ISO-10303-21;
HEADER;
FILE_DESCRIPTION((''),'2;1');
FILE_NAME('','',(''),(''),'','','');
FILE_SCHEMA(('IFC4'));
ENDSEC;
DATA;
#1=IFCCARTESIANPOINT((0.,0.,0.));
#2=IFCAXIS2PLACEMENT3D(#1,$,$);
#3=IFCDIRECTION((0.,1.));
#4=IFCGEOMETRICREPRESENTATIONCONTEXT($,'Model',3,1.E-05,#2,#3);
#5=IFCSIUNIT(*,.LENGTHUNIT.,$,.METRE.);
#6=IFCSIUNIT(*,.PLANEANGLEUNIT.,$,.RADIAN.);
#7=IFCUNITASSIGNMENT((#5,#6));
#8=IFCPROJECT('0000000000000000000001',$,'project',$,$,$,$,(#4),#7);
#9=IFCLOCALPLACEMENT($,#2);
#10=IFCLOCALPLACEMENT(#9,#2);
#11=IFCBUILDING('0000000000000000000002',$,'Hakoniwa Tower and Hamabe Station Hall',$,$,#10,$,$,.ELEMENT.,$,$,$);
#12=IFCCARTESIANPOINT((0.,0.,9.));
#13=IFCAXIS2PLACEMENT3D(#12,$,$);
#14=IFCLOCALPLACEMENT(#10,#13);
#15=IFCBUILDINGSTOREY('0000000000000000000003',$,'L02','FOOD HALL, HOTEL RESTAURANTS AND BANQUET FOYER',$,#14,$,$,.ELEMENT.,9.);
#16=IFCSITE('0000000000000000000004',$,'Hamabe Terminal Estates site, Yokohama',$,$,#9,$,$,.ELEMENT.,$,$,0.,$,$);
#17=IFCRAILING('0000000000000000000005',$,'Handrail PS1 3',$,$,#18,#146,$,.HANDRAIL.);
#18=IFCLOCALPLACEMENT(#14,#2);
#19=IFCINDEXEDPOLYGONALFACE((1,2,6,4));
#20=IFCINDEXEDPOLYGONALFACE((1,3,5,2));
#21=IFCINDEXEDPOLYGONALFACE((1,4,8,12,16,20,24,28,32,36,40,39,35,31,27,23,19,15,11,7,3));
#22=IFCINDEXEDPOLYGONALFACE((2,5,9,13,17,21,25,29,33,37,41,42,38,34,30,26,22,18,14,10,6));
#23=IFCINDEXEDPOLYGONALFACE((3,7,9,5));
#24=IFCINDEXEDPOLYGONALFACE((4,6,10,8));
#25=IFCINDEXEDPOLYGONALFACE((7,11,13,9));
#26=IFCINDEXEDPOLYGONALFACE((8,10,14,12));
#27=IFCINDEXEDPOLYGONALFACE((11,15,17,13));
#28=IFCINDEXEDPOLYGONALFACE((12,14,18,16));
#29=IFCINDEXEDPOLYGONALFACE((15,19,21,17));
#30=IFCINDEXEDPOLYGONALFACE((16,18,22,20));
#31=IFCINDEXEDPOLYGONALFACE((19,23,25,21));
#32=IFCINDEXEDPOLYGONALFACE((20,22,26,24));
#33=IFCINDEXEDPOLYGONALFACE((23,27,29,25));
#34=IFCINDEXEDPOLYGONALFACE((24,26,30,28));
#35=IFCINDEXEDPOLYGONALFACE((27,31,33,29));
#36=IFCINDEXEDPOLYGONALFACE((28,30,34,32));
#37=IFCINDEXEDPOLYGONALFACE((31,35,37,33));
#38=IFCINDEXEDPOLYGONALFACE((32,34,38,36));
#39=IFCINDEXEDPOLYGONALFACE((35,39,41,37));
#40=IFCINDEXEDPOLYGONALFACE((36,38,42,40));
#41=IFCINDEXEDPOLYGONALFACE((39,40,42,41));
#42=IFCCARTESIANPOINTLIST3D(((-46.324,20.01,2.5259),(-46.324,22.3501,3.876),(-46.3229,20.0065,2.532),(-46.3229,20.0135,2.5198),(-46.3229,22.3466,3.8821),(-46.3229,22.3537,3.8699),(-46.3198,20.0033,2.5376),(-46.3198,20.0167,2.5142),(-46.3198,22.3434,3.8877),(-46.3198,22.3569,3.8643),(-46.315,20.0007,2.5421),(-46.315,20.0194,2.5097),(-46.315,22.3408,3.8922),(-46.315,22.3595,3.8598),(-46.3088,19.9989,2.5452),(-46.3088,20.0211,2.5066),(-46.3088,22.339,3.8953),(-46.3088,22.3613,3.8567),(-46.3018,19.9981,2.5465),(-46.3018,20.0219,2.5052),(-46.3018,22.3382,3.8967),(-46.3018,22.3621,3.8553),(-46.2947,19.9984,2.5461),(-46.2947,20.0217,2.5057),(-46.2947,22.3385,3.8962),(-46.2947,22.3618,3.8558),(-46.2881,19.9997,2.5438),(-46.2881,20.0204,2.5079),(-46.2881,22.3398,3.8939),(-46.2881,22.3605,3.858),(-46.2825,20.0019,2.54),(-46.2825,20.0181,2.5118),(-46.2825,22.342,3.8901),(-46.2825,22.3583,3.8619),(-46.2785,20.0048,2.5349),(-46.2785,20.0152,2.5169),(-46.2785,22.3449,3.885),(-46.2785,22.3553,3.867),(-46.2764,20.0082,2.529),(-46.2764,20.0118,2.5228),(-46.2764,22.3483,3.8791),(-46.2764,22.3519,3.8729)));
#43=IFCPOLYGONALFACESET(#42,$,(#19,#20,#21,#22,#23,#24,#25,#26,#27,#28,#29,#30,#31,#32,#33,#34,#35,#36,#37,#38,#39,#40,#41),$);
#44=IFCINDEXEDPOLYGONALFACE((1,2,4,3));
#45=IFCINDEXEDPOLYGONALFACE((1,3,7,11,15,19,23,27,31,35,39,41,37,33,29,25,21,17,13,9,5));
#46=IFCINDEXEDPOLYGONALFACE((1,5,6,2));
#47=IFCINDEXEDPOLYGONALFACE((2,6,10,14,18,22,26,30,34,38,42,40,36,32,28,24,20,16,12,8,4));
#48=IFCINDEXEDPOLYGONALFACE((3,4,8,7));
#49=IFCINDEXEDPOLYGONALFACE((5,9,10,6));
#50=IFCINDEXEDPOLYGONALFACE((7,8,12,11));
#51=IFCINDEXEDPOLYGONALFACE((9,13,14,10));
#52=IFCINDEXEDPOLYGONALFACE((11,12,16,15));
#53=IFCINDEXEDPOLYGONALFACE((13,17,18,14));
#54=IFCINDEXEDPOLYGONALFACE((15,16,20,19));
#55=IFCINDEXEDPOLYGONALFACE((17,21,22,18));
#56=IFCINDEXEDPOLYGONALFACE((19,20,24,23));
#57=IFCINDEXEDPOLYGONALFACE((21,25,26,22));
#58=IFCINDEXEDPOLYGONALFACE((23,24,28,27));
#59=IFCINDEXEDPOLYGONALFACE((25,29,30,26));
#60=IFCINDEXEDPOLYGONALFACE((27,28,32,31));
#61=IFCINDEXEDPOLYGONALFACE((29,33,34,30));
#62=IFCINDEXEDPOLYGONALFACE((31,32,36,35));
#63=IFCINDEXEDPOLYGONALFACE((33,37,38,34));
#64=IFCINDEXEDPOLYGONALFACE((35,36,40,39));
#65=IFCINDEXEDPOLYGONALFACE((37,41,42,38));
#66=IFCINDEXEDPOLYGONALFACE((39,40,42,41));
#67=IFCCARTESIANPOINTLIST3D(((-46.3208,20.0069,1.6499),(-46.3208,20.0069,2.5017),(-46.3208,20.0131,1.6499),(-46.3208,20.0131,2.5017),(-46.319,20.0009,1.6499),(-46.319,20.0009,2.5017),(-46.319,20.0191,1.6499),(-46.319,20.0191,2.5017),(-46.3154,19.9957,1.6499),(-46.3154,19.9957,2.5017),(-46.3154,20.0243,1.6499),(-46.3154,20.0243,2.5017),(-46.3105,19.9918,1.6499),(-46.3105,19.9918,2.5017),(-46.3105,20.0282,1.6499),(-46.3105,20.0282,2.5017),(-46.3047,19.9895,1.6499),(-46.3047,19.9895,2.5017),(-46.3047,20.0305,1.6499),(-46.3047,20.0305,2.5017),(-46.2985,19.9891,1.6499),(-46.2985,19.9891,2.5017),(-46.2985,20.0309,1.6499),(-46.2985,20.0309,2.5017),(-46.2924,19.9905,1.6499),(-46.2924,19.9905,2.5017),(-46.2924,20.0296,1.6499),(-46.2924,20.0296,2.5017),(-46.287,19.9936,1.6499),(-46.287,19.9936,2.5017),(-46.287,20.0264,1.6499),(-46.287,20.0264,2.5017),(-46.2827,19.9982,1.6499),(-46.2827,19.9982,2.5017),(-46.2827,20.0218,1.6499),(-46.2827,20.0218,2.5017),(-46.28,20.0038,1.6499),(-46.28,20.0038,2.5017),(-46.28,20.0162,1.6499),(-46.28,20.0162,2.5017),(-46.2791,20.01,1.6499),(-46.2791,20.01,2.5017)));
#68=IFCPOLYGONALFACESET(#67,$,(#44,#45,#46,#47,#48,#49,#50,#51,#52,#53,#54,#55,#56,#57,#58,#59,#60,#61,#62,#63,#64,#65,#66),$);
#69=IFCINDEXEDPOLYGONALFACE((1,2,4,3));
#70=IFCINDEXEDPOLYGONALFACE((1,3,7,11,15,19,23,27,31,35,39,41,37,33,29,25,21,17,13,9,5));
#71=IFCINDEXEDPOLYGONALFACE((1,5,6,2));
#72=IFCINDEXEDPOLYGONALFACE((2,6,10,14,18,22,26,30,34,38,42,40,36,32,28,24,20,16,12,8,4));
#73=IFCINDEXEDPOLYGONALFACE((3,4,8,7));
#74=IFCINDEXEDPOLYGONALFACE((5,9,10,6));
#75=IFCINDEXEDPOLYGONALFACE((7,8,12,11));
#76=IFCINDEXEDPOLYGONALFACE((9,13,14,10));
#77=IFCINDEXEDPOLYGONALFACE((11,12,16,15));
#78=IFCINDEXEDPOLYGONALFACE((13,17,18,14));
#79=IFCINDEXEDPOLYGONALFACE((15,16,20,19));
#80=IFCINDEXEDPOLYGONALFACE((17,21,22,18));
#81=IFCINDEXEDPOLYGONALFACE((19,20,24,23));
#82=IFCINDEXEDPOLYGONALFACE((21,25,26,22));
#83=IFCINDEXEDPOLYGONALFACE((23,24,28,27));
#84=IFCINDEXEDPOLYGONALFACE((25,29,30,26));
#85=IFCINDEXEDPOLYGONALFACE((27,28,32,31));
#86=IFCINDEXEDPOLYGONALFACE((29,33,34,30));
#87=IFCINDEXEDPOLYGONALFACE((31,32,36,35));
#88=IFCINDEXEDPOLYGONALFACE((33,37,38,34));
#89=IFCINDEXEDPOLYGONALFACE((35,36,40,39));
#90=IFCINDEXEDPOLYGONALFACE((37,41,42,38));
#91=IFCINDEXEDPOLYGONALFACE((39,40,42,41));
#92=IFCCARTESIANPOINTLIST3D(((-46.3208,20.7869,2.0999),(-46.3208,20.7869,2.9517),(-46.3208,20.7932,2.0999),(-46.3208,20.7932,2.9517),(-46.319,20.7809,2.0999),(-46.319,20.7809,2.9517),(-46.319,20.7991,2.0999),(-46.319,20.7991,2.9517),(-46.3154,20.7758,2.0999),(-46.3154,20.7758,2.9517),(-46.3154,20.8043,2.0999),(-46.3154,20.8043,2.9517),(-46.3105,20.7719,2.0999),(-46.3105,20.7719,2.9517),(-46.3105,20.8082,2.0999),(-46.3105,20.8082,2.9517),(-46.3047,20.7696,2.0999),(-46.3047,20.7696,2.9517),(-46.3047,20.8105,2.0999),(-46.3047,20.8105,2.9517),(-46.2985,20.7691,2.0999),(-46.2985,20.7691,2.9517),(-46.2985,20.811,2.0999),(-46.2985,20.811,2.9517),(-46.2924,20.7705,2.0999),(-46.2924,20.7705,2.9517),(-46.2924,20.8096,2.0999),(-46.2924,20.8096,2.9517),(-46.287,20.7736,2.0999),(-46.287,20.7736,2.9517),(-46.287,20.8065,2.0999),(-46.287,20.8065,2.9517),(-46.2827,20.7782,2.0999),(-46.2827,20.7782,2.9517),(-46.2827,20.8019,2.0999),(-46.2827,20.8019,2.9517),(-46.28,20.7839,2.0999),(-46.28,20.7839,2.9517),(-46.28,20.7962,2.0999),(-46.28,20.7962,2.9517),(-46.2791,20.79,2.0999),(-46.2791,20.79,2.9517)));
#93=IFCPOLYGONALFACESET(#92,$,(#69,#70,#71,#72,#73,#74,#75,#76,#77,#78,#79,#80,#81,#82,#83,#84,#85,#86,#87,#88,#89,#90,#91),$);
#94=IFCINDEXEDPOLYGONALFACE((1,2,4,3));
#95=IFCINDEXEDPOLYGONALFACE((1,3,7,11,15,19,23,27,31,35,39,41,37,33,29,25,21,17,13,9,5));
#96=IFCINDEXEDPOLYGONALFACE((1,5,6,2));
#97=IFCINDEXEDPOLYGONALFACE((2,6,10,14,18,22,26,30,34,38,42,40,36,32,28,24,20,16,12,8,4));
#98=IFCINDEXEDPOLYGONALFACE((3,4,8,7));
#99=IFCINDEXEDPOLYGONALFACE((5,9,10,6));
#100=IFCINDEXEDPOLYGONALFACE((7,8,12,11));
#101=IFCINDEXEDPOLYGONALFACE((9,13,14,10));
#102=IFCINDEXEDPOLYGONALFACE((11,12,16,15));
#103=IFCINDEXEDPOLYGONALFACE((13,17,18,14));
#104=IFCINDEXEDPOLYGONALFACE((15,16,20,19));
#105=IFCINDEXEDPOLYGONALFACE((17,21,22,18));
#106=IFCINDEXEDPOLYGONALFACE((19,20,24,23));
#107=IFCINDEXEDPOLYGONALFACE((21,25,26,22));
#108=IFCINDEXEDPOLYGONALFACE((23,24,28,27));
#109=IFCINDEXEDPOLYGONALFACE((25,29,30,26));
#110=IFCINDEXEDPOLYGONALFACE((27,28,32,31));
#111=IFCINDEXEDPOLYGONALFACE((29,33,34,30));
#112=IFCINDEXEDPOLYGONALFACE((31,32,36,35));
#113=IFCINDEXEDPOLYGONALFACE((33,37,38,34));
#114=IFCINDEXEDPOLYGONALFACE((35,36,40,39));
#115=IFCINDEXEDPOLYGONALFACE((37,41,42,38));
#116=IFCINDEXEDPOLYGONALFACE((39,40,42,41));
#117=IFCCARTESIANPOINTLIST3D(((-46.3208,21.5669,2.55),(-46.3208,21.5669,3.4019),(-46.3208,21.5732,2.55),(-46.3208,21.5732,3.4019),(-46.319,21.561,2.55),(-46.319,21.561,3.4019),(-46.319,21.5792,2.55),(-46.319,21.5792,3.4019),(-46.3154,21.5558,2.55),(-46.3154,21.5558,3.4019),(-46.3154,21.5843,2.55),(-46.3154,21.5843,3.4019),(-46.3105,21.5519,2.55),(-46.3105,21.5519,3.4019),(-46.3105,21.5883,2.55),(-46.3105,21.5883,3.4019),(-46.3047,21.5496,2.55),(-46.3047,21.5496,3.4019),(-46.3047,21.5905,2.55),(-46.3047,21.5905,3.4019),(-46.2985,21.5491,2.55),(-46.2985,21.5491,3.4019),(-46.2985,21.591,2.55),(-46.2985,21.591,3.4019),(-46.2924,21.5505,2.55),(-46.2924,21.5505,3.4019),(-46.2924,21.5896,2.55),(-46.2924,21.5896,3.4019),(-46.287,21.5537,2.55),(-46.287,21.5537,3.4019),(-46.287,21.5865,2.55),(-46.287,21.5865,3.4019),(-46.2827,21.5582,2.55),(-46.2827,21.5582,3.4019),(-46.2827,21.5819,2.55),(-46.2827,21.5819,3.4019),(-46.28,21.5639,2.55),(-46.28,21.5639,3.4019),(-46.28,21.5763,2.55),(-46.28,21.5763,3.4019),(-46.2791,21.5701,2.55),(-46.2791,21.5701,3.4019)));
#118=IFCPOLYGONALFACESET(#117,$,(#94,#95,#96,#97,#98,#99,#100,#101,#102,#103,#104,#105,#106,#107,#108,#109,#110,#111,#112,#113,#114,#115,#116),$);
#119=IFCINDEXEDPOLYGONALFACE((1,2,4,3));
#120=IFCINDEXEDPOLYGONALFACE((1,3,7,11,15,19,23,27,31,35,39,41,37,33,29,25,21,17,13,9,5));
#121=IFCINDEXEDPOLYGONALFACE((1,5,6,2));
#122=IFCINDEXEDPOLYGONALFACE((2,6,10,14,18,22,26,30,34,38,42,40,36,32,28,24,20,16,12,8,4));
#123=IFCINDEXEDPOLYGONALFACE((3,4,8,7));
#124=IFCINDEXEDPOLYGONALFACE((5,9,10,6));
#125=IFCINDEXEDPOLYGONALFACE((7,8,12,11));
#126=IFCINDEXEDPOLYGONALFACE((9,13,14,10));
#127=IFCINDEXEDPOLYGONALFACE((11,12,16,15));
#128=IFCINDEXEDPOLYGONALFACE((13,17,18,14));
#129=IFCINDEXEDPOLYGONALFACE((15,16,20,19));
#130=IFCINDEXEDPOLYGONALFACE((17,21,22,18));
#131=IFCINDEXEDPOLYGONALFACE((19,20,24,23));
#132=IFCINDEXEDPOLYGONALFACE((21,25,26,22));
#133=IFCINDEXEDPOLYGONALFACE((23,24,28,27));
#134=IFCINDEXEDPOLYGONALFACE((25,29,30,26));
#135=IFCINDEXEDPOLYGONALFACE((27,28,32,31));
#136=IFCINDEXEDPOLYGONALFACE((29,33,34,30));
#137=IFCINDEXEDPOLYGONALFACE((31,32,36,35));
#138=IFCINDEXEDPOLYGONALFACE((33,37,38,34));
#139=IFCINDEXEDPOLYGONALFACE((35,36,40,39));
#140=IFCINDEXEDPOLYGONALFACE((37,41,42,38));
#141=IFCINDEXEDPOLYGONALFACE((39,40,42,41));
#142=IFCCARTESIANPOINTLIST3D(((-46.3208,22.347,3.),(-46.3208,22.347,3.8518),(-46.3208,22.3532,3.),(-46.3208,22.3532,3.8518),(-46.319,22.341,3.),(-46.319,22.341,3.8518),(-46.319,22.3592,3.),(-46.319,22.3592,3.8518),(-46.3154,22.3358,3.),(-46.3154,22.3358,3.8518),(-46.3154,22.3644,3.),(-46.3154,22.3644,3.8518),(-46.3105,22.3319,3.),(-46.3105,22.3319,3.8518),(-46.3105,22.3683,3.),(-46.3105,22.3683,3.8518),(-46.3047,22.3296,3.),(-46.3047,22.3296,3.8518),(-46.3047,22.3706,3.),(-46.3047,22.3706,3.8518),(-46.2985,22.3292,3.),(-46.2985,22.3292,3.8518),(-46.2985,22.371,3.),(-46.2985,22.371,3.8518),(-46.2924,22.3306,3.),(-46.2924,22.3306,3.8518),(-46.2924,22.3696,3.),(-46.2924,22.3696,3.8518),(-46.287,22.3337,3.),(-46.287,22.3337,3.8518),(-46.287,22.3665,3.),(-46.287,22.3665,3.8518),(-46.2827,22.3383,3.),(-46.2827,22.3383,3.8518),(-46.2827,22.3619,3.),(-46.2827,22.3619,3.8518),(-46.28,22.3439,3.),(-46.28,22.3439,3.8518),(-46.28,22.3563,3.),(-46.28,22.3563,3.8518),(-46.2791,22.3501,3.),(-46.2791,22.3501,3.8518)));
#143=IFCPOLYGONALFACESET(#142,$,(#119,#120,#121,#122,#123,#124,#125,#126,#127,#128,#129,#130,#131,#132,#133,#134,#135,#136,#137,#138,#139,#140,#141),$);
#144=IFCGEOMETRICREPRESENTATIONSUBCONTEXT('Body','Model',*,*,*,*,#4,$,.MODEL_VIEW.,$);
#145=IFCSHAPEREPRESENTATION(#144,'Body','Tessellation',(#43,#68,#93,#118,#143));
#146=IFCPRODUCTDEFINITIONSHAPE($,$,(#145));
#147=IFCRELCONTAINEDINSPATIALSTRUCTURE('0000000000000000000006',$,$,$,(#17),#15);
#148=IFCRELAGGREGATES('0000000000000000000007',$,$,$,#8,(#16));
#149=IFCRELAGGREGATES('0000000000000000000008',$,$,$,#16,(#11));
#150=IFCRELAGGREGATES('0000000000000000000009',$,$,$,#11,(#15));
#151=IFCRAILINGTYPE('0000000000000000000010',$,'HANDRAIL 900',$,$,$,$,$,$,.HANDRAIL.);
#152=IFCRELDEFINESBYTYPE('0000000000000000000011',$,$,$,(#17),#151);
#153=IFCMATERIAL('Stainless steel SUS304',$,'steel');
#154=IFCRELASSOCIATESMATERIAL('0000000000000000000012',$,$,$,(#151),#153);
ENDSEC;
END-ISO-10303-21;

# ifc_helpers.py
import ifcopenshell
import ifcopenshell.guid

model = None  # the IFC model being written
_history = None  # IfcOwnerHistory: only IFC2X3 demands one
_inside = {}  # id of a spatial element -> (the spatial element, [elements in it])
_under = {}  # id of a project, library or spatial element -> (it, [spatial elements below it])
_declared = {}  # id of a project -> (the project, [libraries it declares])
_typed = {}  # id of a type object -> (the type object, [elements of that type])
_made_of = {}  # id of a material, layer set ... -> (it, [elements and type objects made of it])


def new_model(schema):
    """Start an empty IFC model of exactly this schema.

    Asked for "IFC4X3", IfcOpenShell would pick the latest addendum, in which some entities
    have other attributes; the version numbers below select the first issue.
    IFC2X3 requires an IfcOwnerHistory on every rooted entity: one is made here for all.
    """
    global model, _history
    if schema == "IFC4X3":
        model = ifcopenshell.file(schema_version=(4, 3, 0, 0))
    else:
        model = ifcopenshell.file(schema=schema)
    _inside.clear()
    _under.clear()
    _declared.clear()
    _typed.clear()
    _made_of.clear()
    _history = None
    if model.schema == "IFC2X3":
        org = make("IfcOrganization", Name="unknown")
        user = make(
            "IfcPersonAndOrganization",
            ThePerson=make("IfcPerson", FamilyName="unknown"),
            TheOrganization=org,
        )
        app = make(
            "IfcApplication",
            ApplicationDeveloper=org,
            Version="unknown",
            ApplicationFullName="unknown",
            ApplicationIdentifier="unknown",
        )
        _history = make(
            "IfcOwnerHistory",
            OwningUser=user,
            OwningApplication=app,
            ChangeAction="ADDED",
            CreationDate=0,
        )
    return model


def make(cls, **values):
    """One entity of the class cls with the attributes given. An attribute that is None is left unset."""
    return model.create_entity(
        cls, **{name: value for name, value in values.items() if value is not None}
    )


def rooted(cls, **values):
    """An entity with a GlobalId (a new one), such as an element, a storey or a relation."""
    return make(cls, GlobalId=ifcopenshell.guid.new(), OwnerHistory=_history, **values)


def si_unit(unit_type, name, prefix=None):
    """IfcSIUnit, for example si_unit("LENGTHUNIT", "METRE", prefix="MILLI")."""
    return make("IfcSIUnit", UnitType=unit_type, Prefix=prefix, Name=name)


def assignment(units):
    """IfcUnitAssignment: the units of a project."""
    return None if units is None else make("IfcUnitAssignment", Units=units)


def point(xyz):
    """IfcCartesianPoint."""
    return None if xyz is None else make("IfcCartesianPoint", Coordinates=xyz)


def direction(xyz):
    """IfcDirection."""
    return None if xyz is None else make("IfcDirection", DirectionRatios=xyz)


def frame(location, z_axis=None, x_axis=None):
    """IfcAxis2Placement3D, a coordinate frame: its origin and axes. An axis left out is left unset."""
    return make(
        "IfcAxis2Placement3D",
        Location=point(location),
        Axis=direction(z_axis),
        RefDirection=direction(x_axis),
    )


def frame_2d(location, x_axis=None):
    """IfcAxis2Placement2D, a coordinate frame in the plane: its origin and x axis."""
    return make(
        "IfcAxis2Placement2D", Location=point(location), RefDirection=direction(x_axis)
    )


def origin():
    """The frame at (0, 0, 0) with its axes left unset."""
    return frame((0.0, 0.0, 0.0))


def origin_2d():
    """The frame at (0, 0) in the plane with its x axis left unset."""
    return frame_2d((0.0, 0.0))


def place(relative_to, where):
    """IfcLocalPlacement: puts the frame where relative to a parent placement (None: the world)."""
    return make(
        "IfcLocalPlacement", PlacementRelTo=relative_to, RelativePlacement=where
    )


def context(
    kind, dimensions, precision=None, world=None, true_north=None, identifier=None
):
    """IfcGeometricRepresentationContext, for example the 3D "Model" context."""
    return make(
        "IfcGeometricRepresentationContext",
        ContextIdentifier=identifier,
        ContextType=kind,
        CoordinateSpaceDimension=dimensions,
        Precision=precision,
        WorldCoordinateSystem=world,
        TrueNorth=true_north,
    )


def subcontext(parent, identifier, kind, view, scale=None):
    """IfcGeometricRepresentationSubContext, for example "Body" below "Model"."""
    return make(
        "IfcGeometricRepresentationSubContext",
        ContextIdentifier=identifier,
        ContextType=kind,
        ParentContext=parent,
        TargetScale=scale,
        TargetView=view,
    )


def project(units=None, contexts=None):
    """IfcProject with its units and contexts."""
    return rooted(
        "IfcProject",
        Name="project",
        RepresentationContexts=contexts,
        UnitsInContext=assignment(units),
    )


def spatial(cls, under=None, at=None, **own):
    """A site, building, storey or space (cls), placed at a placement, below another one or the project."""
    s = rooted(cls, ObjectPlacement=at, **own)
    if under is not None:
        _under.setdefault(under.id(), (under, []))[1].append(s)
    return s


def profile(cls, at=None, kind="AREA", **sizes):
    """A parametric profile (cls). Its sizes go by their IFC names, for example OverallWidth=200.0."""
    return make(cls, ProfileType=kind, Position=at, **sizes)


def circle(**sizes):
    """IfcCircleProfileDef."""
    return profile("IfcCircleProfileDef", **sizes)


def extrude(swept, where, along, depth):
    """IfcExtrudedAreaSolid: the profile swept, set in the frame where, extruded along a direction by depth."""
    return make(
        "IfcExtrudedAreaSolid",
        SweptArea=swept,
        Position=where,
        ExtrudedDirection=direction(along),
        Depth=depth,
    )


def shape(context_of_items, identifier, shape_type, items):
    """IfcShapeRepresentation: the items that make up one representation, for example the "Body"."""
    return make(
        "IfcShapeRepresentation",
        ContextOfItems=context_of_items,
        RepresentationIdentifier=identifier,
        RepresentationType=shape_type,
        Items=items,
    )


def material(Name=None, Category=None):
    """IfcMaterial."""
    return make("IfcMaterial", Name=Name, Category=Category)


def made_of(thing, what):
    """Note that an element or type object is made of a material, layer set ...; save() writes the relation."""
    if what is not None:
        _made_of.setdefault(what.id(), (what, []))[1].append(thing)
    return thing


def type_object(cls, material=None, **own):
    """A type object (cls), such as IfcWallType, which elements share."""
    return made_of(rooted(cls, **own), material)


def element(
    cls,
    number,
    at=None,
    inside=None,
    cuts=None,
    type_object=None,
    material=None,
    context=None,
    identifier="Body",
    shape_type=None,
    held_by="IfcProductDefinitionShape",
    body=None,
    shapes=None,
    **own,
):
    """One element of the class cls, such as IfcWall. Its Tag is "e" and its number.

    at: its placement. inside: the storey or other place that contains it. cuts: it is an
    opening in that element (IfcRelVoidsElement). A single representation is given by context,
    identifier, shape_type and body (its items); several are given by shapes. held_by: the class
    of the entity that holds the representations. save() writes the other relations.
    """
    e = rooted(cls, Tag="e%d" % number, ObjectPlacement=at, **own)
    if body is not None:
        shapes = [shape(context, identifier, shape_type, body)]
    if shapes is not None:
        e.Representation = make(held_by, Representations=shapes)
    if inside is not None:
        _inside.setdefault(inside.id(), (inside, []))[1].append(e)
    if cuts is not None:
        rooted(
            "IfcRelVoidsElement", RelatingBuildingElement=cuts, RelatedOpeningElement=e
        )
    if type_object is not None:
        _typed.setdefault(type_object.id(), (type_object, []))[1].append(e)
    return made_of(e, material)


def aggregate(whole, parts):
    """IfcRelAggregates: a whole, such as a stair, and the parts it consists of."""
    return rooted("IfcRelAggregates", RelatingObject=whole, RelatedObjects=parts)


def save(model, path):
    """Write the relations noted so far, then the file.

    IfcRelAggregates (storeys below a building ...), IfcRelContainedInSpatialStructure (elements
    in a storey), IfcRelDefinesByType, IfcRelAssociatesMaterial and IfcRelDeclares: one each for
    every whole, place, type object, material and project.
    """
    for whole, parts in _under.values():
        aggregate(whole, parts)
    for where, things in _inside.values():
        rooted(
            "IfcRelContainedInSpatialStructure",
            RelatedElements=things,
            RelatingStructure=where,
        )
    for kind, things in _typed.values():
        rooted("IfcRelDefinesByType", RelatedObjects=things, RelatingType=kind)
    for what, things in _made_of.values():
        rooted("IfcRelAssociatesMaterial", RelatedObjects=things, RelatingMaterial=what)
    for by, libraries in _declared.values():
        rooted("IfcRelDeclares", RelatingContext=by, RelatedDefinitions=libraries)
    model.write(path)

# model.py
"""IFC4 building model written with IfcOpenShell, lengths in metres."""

from ifc_helpers import new_model, si_unit, direction, frame, origin, origin_2d, place, context, subcontext, project, spatial, circle, extrude, material, type_object, element, save


model = new_model("IFC4")

# Units and contexts
model_context = context("Model", 3, precision=1e-05, world=origin(), true_north=direction((0.0, 1.0)))
body_context = subcontext(model_context, "Body", "Model", "MODEL_VIEW")
ifc_project = project(units=[si_unit("LENGTHUNIT", "METRE"), si_unit("PLANEANGLEUNIT", "RADIAN")], contexts=[model_context])

# Site, building, storey
site_placement = place(None, origin())
site = spatial("IfcSite", under=ifc_project, at=site_placement, Name="Hamabe Terminal Estates site, Yokohama", CompositionType="ELEMENT", RefElevation=0.0)
building_placement = place(site_placement, origin())
building = spatial("IfcBuilding", under=site, at=building_placement, Name="Hakoniwa Tower and Hamabe Station Hall", CompositionType="ELEMENT")
storey_placement = place(building_placement, frame((0.0, 0.0, 9.0)))
storey = spatial("IfcBuildingStorey", under=building, at=storey_placement, Name="L02", Description="FOOD HALL, HOTEL RESTAURANTS AND BANQUET FOYER", CompositionType="ELEMENT", Elevation=9.0)

# Railing
ifc_material_1 = material(Name="Stainless steel SUS304", Category="steel")
railing_type_1 = type_object("IfcRailingType", Name="HANDRAIL 900", PredefinedType="HANDRAIL", material=ifc_material_1)
for number, where, name in (
    (1, (-46.3, 20.01, 1.6499), "Handrail PS1 3"),
):
    element("IfcRailing", number, at=place(storey_placement, frame(where)), inside=storey, type_object=railing_type_1, Name=name, PredefinedType="HANDRAIL", context=body_context, shape_type="SweptSolid", body=[
        extrude(circle(Radius=0.0239, at=origin_2d()), frame((0.0, 0.0, 0.876), z_axis=(0.0, 0.866178, 0.499735), x_axis=(-1.0, 0.0, 0.0)), (0.0, 0.0, 1.0), 2.7017),
        extrude(circle(Radius=0.021, at=origin_2d()), origin(), (0.0, 0.0, 1.0), 0.8518),
        extrude(circle(Radius=0.021, at=origin_2d()), frame((0.0, 0.78, 0.45)), (0.0, 0.0, 1.0), 0.8518),
        extrude(circle(Radius=0.021, at=origin_2d()), frame((0.0, 1.5601, 0.9001)), (0.0, 0.0, 1.0), 0.8518),
        extrude(circle(Radius=0.021, at=origin_2d()), frame((0.0, 2.3401, 1.3501)), (0.0, 0.0, 1.0), 0.8518),
    ])

save(model, "model.ifc")
